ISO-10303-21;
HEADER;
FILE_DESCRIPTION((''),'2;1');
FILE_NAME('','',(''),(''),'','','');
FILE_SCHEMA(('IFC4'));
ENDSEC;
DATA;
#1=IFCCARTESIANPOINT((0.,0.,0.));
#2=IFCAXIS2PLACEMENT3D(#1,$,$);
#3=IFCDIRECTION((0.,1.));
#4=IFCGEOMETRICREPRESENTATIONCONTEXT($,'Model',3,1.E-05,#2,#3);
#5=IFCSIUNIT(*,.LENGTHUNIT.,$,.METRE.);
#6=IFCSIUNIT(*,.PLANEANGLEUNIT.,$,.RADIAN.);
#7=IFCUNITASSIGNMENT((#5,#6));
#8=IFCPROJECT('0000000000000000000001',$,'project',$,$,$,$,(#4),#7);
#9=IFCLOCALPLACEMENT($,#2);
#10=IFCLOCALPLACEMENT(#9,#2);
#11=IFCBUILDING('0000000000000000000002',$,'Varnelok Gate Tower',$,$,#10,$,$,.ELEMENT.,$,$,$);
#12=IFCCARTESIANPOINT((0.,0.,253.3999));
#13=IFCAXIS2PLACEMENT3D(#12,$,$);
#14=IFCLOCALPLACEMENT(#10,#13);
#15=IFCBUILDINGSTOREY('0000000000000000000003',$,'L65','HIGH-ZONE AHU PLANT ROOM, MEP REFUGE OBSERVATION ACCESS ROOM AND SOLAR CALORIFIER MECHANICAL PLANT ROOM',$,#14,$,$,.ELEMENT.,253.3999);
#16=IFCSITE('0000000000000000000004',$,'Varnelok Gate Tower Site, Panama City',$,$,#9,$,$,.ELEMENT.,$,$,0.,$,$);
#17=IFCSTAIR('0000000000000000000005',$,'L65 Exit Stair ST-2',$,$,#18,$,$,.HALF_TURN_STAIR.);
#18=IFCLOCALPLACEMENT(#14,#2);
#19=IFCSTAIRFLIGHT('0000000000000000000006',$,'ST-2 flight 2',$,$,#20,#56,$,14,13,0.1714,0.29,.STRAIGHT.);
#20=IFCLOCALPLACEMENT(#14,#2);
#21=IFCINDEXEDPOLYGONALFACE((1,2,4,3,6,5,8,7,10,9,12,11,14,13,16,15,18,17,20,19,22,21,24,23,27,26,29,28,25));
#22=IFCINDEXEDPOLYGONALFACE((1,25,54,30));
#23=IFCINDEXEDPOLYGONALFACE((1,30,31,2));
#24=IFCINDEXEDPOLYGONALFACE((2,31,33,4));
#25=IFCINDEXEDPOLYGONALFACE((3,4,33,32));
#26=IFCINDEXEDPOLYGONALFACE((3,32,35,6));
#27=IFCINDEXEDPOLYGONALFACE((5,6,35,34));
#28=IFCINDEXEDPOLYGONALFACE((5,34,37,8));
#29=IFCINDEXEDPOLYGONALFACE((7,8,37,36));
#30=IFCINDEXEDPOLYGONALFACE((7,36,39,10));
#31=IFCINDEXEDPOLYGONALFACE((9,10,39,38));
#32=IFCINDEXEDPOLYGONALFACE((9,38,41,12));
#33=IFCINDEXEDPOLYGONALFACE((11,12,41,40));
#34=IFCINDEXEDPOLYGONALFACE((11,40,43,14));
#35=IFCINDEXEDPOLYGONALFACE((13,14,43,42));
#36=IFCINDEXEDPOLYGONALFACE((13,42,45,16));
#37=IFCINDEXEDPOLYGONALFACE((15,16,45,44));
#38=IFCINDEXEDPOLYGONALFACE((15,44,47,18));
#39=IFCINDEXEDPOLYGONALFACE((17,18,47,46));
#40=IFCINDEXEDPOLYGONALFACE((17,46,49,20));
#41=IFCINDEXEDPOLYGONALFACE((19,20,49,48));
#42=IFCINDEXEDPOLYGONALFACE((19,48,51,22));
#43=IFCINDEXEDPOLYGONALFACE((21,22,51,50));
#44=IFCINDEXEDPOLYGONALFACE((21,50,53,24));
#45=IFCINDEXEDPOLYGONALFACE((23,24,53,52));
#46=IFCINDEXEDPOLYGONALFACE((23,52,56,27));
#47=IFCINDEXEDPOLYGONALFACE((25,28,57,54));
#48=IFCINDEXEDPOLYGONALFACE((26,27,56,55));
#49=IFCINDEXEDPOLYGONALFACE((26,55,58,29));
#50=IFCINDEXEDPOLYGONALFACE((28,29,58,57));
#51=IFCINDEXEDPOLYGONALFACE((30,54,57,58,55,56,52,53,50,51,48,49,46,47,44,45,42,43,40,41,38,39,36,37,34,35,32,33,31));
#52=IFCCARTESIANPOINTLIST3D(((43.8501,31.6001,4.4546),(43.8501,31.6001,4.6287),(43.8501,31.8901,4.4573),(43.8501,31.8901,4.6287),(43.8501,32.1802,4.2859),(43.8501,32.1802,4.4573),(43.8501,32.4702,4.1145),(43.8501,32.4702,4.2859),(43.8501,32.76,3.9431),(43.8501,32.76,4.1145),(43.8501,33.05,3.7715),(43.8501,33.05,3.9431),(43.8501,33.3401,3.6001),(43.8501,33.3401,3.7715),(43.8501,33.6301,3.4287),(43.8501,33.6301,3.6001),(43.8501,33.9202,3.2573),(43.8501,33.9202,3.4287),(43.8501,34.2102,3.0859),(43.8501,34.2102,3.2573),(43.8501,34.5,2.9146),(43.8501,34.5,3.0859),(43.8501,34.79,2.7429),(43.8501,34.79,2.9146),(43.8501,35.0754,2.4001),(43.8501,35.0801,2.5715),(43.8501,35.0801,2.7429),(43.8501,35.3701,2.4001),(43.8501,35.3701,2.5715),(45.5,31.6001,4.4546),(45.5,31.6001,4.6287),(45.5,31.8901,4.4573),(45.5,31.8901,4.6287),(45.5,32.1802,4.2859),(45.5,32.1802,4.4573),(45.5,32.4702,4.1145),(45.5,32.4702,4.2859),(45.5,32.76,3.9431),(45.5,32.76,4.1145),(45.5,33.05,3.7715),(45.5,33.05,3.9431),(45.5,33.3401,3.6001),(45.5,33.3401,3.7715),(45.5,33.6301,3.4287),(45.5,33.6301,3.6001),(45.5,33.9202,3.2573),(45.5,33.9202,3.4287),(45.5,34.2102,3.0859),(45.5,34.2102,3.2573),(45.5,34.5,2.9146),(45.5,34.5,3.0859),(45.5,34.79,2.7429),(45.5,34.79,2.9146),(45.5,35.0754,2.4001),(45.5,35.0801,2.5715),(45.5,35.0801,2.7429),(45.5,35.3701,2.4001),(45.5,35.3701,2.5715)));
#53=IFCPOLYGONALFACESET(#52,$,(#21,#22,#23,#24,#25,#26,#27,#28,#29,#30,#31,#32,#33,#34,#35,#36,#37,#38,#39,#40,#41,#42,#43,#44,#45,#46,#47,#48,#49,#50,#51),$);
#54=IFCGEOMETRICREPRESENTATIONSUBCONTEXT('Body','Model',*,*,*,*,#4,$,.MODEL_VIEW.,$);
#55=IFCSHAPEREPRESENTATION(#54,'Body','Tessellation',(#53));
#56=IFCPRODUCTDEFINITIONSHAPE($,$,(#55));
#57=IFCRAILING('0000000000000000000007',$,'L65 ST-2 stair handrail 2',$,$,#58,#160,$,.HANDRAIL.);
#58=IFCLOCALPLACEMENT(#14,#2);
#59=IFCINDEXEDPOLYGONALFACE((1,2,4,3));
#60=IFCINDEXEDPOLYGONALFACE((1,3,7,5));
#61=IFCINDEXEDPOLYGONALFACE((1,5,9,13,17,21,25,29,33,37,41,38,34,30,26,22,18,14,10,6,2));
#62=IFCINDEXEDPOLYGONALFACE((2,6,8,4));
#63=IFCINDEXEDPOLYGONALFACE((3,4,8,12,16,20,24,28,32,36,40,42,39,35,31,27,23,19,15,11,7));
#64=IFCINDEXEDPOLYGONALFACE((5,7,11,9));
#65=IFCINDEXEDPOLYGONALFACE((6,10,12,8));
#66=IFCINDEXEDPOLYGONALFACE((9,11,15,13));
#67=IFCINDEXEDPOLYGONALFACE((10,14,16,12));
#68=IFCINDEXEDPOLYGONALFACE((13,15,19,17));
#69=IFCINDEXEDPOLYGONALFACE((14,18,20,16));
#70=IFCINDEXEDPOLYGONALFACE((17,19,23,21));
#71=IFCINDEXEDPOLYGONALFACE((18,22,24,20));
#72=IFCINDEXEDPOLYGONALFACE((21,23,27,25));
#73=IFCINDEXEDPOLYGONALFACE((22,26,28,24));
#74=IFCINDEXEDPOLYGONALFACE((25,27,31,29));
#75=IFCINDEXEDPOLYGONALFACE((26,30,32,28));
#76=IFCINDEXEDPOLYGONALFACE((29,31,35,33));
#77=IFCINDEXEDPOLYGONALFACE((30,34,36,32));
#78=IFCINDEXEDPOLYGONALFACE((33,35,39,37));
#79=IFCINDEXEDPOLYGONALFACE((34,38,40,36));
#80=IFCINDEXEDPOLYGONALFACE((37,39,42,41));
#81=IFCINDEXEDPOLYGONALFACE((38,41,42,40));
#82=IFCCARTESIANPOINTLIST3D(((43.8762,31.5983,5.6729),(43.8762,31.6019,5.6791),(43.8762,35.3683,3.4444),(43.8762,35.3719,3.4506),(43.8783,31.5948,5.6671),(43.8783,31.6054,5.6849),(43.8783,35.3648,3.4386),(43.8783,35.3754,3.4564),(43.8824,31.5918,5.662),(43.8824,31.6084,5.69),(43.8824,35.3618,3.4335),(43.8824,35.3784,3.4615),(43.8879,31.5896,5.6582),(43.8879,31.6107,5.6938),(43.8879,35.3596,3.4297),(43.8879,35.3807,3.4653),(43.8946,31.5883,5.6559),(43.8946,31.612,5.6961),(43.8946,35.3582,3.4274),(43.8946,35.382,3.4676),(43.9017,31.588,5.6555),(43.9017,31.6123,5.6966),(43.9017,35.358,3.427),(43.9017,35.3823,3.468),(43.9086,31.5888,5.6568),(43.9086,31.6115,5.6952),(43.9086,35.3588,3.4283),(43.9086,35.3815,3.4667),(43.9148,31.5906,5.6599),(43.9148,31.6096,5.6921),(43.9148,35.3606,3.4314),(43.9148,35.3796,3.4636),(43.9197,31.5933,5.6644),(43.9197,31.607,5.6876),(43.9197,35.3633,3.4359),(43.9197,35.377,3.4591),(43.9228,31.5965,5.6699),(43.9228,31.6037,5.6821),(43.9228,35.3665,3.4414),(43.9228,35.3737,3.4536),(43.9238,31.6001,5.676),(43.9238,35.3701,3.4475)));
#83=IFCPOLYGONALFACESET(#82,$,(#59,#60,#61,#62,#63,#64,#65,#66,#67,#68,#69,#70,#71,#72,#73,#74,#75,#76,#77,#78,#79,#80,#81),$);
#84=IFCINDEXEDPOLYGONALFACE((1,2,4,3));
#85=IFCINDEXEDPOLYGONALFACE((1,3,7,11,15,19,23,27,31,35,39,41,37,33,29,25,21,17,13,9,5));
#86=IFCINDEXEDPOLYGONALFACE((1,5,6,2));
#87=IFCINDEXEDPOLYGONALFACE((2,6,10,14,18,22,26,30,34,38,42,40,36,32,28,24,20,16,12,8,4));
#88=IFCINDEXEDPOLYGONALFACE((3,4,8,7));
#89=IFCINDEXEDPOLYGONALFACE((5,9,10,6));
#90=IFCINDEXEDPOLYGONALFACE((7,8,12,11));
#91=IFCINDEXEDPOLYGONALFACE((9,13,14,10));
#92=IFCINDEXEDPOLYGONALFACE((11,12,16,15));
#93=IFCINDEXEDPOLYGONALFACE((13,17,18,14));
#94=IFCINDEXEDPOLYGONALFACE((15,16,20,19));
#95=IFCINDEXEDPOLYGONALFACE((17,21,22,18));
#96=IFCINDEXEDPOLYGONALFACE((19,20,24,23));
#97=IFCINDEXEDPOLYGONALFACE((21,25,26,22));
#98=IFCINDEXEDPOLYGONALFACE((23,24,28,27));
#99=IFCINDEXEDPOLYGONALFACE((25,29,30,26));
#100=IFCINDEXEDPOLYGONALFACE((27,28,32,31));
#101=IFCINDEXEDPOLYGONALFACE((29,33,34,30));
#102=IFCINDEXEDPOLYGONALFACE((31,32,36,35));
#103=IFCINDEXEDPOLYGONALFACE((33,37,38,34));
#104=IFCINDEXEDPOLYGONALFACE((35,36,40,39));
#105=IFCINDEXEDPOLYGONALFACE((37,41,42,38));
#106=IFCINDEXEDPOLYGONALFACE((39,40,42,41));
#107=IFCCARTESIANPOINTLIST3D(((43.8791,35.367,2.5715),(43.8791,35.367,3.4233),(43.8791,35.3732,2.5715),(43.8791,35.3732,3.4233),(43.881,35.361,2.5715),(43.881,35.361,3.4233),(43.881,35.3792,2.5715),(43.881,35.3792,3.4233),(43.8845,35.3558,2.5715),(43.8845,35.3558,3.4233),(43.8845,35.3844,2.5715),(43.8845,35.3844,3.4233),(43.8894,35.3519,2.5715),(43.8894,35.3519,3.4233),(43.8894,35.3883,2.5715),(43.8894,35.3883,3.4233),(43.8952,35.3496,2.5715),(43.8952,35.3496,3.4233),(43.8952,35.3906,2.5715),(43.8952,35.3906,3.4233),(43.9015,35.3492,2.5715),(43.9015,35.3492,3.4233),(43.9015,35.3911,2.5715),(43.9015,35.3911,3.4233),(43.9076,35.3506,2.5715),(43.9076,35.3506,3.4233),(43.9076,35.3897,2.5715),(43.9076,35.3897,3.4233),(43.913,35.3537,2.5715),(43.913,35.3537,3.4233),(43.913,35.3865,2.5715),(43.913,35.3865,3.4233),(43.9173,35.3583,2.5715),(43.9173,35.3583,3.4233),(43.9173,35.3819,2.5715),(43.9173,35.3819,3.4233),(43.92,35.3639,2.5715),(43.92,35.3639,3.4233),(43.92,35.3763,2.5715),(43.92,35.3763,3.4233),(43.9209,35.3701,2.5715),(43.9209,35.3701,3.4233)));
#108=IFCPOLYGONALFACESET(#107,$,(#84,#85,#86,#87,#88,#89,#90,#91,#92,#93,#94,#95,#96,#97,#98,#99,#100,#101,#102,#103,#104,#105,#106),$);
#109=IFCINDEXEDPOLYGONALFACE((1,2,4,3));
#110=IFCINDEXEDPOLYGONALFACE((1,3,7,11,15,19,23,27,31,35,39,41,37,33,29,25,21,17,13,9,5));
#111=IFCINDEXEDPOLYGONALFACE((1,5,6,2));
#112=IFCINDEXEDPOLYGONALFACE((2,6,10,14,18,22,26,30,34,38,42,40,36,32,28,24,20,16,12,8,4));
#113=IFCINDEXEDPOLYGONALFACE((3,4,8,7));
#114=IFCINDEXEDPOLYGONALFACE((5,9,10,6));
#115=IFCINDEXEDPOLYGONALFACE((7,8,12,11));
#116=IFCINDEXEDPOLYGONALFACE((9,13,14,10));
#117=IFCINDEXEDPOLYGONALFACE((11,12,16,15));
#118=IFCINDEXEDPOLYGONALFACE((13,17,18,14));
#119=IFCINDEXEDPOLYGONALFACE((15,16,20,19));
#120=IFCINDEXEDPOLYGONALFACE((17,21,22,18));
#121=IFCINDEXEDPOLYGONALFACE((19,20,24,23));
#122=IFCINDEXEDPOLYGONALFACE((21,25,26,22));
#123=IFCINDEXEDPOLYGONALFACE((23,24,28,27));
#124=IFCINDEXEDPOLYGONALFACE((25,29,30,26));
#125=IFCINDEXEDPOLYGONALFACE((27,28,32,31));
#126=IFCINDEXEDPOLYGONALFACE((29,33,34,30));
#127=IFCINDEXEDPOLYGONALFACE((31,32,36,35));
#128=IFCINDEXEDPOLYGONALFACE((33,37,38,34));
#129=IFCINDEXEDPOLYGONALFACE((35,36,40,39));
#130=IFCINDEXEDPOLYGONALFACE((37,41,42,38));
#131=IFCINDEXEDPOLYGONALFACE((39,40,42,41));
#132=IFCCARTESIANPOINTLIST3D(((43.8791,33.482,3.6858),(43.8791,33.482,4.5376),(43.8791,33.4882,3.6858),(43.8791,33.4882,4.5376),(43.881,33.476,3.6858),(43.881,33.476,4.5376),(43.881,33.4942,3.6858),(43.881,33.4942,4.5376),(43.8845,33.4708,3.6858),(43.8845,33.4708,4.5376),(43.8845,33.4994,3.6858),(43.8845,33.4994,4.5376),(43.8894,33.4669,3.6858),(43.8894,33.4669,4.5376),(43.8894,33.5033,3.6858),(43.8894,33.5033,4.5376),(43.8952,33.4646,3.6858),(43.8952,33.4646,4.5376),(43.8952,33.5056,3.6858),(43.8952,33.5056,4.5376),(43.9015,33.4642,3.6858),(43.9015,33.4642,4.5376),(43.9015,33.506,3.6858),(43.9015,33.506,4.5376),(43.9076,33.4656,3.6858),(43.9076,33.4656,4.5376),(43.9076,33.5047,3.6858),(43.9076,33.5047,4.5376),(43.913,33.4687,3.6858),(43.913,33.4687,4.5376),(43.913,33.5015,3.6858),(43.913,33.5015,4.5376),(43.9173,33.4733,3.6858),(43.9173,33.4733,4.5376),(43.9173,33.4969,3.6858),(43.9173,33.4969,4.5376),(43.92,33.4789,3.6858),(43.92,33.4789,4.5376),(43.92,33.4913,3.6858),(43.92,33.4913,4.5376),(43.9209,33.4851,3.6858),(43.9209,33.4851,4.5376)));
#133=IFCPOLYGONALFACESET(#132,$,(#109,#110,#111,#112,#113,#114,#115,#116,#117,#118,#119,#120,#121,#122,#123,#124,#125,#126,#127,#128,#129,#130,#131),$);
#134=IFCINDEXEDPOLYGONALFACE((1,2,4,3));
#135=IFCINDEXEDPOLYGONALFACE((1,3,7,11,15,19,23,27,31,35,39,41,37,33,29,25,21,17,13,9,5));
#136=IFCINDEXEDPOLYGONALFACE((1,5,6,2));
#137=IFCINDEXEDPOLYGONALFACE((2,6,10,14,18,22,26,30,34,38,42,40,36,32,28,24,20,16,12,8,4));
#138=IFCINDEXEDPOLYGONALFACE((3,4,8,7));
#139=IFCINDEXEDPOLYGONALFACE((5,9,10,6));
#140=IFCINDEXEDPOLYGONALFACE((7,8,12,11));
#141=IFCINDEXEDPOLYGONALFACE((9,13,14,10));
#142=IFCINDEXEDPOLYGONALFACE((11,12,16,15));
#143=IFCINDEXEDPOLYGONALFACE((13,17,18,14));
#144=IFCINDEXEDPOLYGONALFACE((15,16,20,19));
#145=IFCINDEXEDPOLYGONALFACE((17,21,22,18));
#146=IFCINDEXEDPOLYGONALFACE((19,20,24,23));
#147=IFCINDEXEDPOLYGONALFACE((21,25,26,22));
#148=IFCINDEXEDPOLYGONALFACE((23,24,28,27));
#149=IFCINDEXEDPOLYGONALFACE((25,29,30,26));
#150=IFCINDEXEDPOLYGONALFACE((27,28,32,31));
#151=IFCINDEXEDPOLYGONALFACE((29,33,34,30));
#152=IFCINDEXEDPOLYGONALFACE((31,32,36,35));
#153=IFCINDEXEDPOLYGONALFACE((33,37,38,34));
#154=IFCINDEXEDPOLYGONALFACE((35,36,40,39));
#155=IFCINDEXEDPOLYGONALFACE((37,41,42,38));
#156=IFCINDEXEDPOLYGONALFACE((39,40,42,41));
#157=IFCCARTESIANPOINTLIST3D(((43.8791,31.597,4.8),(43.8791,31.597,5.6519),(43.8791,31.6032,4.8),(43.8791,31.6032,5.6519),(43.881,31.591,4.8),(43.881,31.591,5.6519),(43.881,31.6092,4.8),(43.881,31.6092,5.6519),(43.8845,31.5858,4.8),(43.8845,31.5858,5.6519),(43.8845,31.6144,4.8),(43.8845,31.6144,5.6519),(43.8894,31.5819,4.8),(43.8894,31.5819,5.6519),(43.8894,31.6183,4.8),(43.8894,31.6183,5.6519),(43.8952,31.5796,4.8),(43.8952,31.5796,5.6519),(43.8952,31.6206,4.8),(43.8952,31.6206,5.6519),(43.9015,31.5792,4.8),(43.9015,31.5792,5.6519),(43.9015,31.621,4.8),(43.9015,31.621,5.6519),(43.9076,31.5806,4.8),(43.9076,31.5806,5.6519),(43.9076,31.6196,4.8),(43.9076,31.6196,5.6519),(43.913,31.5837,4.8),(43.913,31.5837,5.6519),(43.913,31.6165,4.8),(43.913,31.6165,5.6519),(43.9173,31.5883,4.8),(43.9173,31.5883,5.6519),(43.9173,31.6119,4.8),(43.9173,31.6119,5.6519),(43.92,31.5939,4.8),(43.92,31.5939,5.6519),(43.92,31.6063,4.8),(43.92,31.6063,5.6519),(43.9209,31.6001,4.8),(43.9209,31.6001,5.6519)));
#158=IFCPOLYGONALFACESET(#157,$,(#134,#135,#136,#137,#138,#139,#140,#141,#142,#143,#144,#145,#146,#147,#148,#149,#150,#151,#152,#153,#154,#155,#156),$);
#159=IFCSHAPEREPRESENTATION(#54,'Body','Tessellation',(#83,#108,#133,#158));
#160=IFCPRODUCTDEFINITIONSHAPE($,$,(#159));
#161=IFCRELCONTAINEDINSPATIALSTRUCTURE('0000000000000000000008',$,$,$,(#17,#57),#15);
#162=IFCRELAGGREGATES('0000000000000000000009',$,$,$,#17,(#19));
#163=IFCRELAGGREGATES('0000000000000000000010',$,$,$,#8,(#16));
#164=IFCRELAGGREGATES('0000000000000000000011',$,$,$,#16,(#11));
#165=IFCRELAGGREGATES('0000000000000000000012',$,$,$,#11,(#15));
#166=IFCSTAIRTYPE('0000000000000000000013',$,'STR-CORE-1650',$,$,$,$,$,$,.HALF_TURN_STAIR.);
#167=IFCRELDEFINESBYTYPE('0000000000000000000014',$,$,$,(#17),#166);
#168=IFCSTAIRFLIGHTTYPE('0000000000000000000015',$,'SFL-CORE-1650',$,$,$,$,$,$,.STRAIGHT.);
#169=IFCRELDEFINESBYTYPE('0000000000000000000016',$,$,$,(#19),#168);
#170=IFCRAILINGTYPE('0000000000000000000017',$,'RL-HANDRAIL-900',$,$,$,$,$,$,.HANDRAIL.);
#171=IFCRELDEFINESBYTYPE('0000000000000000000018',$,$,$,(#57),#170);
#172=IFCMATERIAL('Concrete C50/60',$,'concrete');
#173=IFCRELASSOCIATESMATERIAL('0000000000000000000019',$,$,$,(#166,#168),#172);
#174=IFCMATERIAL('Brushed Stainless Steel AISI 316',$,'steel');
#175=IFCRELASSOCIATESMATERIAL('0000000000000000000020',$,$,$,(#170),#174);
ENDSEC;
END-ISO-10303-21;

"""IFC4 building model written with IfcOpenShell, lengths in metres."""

from ifc_helpers import new_model, si_unit, direction, frame, origin, origin_2d, place, context, subcontext, project, spatial, polyline, circle, outline, extrude, material, type_object, element, aggregate, save


model = new_model("IFC4")

# Units and contexts
model_context = context("Model", 3, precision=1e-05, world=origin(), true_north=direction((0.0, 1.0)))
body_context = subcontext(model_context, "Body", "Model", "MODEL_VIEW")
ifc_project = project(units=[si_unit("LENGTHUNIT", "METRE"), si_unit("PLANEANGLEUNIT", "RADIAN")], contexts=[model_context])

# Site, building, storey
site_placement = place(None, origin())
site = spatial("IfcSite", under=ifc_project, at=site_placement, Name="Varnelok Gate Tower Site, Panama City", CompositionType="ELEMENT", RefElevation=0.0)
building_placement = place(site_placement, origin())
building = spatial("IfcBuilding", under=site, at=building_placement, Name="Varnelok Gate Tower", CompositionType="ELEMENT")
storey_placement = place(building_placement, frame((0.0, 0.0, 253.3999)))
storey = spatial("IfcBuildingStorey", under=building, at=storey_placement, Name="L65", Description="HIGH-ZONE AHU PLANT ROOM, MEP REFUGE OBSERVATION ACCESS ROOM AND SOLAR CALORIFIER MECHANICAL PLANT ROOM", CompositionType="ELEMENT", Elevation=253.3999)

# Stair, stair flight
ifc_material_1 = material(Name="Concrete C50/60", Category="concrete")
stair_type = type_object("IfcStairType", Name="STR-CORE-1650", PredefinedType="HALF_TURN_STAIR", material=ifc_material_1)
stair_placement = place(storey_placement, origin())
stair = element("IfcStair", 1, at=stair_placement, inside=storey, type_object=stair_type, Name="L65 Exit Stair ST-2", PredefinedType="HALF_TURN_STAIR")
stair_flight_type = type_object("IfcStairFlightType", Name="SFL-CORE-1650", PredefinedType="STRAIGHT", material=ifc_material_1)
stair_flight_placement = place(storey_placement, frame((44.675, 35.3701, 2.4001), z_axis=(0.0, 0.0, 1.0), x_axis=(0.0, -1.0, 0.0)))
stair_flight = element("IfcStairFlight", 2, at=stair_flight_placement, type_object=stair_flight_type, Name="ST-2 flight 2", NumberOfRisers=14, NumberOfTreads=13, PredefinedType="STRAIGHT", RiserHeight=0.1714, TreadLength=0.29, context=body_context, shape_type="SweptSolid", body=[
    extrude(outline(polyline([(0.0, 0.0), (0.0, 0.1714), (0.29, 0.1714), (0.29, 0.3428), (0.5801, 0.3428), (0.5801, 0.5144), (0.8701, 0.5144), (0.8701, 0.6858), (1.1599, 0.6858), (1.1599, 0.8572), (1.45, 0.8572), (1.45, 1.0286), (1.74, 1.0286), (1.74, 1.2), (2.03, 1.2), (2.03, 1.3713), (2.3201, 1.3713), (2.3201, 1.543), (2.6101, 1.543), (2.6101, 1.7144), (2.8999, 1.7144), (2.8999, 1.8857), (3.1899, 1.8857), (3.1899, 2.0571), (3.48, 2.0571), (3.48, 2.2285), (3.77, 2.2285), (3.77, 2.3999), (3.77, 2.0544), (0.2947, 0.0), (0.0, 0.0)])), frame((0.0, 0.825, 0.0), z_axis=(0.0, -1.0, 0.0), x_axis=(1.0, 0.0, 0.0)), (0.0, 0.0, 1.0), 1.6499),
])
aggregate(stair, [stair_flight])

# Railing
ifc_material_2 = material(Name="Brushed Stainless Steel AISI 316", Category="steel")
railing_type_1 = type_object("IfcRailingType", Name="RL-HANDRAIL-900", PredefinedType="HANDRAIL", material=ifc_material_2)
railing_1_placement = place(storey_placement, frame((43.8999, 35.3701, 2.5715)))
element("IfcRailing", 3, at=railing_1_placement, inside=storey, type_object=railing_type_1, Name="L65 ST-2 stair handrail 2", PredefinedType="HANDRAIL", context=body_context, shape_type="SweptSolid", body=[
    extrude(circle(Radius=0.0239, at=origin_2d()), frame((0.0, 0.0, 0.876), z_axis=(0.0, -0.860849, 0.508861), x_axis=(1.0, 0.0, 0.0)), (0.0, 0.0, 1.0), 4.3794),
    extrude(circle(Radius=0.021, at=origin_2d()), origin(), (0.0, 0.0, 1.0), 0.8518),
    extrude(circle(Radius=0.021, at=origin_2d()), frame((0.0, -1.885, 1.1143)), (0.0, 0.0, 1.0), 0.8518),
    extrude(circle(Radius=0.021, at=origin_2d()), frame((0.0, -3.77, 2.2285)), (0.0, 0.0, 1.0), 0.8518),
])

save(model, "model.ifc")
